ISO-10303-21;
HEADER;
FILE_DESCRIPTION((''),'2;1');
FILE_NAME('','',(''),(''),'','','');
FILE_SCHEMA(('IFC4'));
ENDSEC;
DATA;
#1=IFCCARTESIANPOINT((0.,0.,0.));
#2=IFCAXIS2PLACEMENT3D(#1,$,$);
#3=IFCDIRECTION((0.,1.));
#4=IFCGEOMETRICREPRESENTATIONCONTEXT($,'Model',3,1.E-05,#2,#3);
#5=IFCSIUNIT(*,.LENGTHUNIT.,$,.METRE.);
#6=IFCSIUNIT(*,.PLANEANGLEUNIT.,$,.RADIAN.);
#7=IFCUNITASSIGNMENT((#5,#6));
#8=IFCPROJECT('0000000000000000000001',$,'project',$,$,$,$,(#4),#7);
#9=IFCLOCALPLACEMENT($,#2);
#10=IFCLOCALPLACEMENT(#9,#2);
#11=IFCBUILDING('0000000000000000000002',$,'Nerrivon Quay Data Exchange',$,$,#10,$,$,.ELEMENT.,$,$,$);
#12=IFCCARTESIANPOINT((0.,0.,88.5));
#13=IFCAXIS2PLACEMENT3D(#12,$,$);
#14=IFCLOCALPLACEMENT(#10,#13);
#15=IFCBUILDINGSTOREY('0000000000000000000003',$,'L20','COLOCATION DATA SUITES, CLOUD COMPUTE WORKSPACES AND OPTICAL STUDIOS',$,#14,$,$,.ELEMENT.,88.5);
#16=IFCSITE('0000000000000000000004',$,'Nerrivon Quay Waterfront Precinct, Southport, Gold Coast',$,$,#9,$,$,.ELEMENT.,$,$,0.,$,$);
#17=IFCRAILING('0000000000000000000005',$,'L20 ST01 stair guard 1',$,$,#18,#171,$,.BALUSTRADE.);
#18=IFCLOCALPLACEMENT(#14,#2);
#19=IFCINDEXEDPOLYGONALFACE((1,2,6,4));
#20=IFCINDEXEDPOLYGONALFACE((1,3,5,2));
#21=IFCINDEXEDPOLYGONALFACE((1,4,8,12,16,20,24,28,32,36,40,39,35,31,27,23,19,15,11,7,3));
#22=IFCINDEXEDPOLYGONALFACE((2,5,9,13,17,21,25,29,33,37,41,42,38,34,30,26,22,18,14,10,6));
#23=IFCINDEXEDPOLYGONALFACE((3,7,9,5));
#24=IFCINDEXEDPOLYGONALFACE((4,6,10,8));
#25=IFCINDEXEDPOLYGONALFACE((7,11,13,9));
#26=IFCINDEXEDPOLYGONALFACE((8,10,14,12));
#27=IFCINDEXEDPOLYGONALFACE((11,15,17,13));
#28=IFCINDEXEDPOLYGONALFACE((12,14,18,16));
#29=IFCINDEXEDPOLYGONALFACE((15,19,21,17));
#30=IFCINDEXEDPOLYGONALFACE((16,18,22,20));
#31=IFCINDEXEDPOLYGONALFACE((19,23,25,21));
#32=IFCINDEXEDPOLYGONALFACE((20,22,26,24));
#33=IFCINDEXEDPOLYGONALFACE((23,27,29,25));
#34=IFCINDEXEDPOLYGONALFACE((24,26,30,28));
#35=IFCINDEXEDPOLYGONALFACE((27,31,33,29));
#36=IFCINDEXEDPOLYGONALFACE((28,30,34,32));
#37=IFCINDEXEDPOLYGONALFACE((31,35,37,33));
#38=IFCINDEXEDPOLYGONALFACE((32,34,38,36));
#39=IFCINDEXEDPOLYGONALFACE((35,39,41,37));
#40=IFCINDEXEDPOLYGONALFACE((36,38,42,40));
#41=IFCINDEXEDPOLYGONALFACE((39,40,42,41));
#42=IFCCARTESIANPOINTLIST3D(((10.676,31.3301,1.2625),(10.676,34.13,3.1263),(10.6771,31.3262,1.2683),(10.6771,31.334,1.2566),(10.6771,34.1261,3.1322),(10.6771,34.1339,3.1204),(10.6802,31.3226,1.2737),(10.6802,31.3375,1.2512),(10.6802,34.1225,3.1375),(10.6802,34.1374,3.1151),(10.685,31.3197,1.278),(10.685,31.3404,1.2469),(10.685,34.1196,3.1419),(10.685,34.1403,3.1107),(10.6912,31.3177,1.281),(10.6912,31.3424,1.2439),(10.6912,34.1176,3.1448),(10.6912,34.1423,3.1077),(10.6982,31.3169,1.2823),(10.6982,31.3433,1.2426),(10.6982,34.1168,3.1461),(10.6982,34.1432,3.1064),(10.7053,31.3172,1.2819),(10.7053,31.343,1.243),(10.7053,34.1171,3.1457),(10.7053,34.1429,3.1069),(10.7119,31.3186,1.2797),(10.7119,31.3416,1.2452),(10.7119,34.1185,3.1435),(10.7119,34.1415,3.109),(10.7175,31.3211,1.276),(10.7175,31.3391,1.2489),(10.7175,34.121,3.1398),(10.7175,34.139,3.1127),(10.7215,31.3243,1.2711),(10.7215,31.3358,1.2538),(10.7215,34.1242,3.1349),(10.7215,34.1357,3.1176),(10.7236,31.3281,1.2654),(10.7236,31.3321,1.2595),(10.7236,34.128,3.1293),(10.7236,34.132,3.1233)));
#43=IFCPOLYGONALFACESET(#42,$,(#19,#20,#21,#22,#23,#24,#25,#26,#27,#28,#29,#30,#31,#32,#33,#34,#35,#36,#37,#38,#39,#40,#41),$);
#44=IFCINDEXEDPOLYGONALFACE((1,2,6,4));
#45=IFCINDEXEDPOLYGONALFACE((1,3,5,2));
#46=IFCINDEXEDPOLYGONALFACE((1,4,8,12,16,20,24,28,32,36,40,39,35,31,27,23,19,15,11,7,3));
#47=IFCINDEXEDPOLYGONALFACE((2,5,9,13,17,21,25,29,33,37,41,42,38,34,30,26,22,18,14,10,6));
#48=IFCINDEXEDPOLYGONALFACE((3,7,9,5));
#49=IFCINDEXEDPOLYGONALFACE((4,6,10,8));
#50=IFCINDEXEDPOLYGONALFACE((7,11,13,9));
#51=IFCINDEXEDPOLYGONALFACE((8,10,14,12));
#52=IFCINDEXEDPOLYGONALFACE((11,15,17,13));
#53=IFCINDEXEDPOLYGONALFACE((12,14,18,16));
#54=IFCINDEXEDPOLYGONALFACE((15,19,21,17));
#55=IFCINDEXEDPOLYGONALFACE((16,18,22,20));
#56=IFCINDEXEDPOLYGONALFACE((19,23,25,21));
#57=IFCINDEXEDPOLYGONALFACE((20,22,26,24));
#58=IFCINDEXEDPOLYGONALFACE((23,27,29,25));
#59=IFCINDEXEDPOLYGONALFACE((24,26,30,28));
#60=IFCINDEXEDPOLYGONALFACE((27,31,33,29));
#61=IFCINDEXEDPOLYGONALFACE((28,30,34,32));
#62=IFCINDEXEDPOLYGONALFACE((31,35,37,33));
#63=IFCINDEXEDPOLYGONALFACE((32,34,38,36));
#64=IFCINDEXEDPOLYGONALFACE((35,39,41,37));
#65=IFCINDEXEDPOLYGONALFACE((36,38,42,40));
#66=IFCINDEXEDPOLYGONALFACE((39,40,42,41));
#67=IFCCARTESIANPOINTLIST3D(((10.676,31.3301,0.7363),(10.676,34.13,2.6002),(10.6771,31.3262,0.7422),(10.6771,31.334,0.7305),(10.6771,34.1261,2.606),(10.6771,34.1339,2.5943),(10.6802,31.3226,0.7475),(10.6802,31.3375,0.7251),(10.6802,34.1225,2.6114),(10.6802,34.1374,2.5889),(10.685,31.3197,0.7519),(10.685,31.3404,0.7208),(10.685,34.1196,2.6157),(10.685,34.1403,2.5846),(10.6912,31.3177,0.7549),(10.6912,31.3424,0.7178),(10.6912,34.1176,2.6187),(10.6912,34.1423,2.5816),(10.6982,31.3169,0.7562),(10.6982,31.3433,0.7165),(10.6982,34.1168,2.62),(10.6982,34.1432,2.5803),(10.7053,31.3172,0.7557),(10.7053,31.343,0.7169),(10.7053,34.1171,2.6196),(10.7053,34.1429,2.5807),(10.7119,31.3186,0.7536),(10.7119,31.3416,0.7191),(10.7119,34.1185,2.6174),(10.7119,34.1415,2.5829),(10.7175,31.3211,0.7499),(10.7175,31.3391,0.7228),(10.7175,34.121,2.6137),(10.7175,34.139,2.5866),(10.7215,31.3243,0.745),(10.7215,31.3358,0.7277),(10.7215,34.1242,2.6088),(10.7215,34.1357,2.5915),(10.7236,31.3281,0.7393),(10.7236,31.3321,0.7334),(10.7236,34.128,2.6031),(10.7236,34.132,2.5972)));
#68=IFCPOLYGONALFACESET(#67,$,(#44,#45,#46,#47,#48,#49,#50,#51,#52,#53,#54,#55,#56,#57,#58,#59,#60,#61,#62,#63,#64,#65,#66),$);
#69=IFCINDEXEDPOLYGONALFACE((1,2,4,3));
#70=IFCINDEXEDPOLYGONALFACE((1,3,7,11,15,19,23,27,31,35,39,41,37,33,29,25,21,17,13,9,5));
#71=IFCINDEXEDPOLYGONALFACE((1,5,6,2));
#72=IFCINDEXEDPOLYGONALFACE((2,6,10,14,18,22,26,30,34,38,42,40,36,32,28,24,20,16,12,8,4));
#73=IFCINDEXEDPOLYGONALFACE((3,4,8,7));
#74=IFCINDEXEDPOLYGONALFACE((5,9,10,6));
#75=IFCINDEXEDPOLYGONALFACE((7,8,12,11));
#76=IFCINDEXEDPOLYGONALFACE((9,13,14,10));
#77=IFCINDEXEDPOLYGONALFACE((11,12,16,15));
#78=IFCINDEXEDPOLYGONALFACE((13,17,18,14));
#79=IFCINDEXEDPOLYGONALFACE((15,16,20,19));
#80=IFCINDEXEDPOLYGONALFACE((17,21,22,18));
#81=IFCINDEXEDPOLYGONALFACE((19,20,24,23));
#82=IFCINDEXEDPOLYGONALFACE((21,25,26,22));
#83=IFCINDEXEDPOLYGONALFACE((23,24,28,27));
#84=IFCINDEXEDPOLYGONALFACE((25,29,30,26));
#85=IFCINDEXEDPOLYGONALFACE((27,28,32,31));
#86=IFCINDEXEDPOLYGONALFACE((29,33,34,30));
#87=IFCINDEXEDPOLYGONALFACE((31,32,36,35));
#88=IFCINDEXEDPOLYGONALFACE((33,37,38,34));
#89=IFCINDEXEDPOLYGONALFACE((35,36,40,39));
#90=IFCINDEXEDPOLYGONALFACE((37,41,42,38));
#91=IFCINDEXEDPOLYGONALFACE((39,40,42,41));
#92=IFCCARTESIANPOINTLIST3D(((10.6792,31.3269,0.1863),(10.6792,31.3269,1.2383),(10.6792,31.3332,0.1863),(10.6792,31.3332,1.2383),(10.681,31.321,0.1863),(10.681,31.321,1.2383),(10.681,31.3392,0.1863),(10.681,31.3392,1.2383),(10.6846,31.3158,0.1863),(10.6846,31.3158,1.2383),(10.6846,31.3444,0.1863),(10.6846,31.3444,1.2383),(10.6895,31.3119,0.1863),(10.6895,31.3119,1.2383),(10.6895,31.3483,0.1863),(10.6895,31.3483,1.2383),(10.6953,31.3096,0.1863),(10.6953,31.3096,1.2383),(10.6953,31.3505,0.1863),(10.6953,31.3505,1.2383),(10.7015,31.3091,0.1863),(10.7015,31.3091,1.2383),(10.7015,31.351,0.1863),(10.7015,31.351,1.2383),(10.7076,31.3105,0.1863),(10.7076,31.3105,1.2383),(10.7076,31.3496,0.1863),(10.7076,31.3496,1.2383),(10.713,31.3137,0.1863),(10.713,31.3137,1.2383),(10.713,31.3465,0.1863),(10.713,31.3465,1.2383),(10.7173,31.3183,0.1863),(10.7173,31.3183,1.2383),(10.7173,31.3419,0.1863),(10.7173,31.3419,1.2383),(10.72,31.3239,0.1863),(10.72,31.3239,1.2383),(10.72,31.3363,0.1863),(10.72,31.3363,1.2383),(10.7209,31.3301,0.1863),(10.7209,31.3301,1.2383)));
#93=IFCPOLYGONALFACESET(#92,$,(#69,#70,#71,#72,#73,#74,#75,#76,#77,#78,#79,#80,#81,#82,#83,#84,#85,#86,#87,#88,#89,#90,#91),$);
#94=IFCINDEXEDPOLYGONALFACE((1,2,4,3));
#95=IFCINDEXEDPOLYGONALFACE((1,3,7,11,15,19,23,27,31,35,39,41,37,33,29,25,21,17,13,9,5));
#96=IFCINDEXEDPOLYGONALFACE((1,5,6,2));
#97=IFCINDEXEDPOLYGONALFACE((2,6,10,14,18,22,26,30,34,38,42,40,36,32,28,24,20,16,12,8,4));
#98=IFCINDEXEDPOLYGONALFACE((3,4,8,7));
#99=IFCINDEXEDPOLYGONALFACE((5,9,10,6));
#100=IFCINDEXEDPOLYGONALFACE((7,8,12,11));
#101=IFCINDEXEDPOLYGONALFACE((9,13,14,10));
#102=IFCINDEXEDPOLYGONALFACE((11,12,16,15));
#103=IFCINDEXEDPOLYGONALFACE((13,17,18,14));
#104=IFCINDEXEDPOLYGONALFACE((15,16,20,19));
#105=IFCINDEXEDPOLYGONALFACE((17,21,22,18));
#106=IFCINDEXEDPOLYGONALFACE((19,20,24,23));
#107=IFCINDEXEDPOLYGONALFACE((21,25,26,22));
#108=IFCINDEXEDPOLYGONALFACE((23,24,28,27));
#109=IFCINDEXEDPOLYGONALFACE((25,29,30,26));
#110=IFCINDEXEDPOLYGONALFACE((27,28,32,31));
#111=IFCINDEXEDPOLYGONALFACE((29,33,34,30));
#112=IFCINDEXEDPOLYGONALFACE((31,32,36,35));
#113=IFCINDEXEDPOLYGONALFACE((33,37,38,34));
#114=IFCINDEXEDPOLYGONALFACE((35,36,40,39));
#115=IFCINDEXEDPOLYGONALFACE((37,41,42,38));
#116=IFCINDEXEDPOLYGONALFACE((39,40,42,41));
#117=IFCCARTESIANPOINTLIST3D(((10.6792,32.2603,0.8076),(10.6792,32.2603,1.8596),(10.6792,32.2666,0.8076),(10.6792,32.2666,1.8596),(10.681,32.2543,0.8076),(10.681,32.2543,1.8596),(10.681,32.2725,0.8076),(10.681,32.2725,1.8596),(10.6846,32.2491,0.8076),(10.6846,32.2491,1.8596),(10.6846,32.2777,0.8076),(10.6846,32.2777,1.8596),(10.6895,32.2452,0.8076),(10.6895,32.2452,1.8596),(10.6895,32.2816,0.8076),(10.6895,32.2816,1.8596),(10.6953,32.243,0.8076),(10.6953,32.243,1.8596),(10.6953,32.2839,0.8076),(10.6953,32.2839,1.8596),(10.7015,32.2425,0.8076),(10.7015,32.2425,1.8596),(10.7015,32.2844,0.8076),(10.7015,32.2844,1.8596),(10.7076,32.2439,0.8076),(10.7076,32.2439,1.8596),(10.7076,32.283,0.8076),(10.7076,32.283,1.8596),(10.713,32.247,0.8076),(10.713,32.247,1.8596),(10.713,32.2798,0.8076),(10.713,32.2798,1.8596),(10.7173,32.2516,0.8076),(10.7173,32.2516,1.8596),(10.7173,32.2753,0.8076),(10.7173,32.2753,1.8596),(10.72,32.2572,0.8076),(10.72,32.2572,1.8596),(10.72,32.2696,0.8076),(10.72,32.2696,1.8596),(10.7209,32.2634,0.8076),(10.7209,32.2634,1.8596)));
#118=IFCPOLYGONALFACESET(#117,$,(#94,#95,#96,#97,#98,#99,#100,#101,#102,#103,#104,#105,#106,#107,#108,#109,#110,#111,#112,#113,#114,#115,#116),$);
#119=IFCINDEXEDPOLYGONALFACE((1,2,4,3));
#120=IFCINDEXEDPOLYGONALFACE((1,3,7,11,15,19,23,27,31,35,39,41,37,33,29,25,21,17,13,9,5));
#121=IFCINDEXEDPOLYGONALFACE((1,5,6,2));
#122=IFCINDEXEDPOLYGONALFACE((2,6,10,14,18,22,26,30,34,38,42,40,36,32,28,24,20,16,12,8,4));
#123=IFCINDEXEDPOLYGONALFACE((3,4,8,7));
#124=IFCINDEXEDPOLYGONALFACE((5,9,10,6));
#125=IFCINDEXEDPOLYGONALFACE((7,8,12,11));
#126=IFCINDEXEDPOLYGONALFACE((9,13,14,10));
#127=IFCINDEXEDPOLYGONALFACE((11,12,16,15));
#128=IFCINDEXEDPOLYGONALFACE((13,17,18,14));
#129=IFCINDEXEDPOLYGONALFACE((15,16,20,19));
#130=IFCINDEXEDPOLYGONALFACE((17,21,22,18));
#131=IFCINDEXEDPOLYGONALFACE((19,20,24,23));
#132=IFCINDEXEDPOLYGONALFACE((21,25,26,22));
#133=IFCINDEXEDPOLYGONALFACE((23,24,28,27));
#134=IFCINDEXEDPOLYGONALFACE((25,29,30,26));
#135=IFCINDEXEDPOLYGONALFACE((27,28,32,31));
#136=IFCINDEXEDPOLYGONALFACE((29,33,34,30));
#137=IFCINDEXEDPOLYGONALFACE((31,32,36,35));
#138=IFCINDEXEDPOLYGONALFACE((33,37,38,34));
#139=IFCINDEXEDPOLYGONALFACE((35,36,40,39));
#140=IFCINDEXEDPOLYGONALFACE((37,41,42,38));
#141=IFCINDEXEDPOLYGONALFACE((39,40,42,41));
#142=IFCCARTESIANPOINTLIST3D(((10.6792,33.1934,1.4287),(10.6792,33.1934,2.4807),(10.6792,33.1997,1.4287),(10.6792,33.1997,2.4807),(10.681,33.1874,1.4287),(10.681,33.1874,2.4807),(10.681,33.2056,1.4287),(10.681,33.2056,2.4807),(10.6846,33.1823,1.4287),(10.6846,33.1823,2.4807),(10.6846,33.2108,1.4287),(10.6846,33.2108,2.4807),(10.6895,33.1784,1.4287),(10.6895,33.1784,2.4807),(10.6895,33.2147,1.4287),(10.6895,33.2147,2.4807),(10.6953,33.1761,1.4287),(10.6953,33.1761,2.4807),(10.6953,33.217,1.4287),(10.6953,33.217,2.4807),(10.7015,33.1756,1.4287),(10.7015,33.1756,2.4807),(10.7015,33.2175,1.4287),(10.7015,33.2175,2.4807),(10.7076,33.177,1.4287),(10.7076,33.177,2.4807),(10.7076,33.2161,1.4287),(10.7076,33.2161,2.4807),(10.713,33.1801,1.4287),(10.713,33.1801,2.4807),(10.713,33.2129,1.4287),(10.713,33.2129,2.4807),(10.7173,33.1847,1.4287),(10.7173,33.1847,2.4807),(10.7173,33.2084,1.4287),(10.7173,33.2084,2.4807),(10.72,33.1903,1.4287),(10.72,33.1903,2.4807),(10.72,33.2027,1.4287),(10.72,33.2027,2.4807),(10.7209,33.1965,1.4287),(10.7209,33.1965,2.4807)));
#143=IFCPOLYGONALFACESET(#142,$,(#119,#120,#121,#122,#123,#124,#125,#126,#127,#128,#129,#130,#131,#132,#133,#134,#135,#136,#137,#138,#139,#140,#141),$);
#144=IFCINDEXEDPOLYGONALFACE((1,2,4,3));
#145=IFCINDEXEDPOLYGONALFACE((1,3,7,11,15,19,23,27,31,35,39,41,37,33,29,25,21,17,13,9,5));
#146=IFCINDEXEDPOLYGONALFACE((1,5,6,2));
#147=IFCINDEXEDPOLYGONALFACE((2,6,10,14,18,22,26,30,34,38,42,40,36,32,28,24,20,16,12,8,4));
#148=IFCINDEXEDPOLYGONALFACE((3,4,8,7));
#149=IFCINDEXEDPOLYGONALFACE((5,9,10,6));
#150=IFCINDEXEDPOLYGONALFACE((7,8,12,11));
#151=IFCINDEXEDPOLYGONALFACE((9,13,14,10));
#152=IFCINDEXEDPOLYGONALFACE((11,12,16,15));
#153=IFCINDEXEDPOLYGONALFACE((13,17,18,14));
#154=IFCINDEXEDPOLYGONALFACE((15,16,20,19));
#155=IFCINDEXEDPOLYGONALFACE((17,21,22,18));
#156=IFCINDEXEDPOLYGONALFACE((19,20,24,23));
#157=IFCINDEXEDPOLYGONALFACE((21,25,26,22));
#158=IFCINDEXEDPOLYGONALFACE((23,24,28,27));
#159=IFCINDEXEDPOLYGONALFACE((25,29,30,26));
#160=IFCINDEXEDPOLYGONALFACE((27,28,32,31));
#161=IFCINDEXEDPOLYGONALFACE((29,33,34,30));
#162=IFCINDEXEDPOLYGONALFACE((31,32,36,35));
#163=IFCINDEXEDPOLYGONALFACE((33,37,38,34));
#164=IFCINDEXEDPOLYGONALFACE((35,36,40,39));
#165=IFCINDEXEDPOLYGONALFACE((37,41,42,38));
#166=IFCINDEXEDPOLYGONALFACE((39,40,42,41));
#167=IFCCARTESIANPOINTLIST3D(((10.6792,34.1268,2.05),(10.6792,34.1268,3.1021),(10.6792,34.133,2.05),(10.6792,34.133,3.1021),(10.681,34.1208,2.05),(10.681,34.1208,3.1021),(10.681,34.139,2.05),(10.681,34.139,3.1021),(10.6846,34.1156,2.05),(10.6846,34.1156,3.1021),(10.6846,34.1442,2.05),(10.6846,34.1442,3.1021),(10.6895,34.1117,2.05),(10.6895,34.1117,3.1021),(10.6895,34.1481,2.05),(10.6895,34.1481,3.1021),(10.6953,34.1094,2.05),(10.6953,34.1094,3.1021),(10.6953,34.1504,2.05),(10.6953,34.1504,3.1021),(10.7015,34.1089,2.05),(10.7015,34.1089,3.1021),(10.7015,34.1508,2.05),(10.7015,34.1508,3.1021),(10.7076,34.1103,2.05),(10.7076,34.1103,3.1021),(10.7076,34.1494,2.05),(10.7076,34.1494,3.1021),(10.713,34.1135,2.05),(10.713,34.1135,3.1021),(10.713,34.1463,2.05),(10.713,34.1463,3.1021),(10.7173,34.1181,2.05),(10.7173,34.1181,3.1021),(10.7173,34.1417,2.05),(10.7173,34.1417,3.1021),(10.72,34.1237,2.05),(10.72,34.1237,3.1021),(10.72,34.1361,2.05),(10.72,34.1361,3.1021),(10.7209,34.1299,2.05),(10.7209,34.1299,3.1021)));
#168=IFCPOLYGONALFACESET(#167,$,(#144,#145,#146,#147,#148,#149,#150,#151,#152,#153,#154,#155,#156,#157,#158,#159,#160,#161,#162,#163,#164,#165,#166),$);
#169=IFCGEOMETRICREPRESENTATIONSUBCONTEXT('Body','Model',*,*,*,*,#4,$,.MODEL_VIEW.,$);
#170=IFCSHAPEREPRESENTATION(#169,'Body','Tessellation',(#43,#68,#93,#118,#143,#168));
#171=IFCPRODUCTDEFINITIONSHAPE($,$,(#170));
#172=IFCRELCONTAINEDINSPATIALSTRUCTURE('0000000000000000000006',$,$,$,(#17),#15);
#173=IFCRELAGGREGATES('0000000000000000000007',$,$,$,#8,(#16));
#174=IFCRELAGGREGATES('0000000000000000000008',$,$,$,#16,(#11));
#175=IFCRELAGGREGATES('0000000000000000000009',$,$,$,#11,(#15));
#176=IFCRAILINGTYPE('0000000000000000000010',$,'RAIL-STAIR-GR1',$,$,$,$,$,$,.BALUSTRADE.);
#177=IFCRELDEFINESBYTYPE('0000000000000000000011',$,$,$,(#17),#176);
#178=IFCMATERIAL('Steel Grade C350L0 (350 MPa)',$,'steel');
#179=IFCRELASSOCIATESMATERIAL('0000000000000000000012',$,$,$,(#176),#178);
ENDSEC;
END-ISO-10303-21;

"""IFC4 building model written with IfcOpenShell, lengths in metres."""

from ifc_helpers import new_model, si_unit, direction, frame, origin, origin_2d, place, context, subcontext, project, spatial, circle, extrude, material, type_object, element, save


model = new_model("IFC4")

# Units and contexts
model_context = context("Model", 3, precision=1e-05, world=origin(), true_north=direction((0.0, 1.0)))
body_context = subcontext(model_context, "Body", "Model", "MODEL_VIEW")
ifc_project = project(units=[si_unit("LENGTHUNIT", "METRE"), si_unit("PLANEANGLEUNIT", "RADIAN")], contexts=[model_context])

# Site, building, storey
site_placement = place(None, origin())
site = spatial("IfcSite", under=ifc_project, at=site_placement, Name="Nerrivon Quay Waterfront Precinct, Southport, Gold Coast", CompositionType="ELEMENT", RefElevation=0.0)
building_placement = place(site_placement, origin())
building = spatial("IfcBuilding", under=site, at=building_placement, Name="Nerrivon Quay Data Exchange", CompositionType="ELEMENT")
storey_placement = place(building_placement, frame((0.0, 0.0, 88.5)))
storey = spatial("IfcBuildingStorey", under=building, at=storey_placement, Name="L20", Description="COLOCATION DATA SUITES, CLOUD COMPUTE WORKSPACES AND OPTICAL STUDIOS", CompositionType="ELEMENT", Elevation=88.5)

# Railing
ifc_material_1 = material(Name="Steel Grade C350L0 (350 MPa)", Category="steel")
railing_type_1 = type_object("IfcRailingType", Name="RAIL-STAIR-GR1", PredefinedType="BALUSTRADE", material=ifc_material_1)
railing_1_placement = place(storey_placement, frame((10.7, 31.3301, 0.1863)))
element("IfcRailing", 1, at=railing_1_placement, inside=storey, type_object=railing_type_1, Name="L20 ST01 stair guard 1", PredefinedType="BALUSTRADE", context=body_context, shape_type="SweptSolid", body=[
    extrude(circle(Radius=0.0239, at=origin_2d()), frame((0.0, 0.0, 1.0762), z_axis=(0.0, 0.83243, 0.554131), x_axis=(-1.0, 0.0, 0.0)), (0.0, 0.0, 1.0), 3.3635),
    extrude(circle(Radius=0.0239, at=origin_2d()), frame((0.0, 0.0, 0.55), z_axis=(0.0, 0.83243, 0.554131), x_axis=(-1.0, 0.0, 0.0)), (0.0, 0.0, 1.0), 3.3635),
    extrude(circle(Radius=0.021, at=origin_2d()), origin(), (0.0, 0.0, 1.0), 1.052),
    extrude(circle(Radius=0.021, at=origin_2d()), frame((0.0, 0.9333, 0.6213)), (0.0, 0.0, 1.0), 1.052),
    extrude(circle(Radius=0.021, at=origin_2d()), frame((0.0, 1.8665, 1.2424)), (0.0, 0.0, 1.0), 1.052),
    extrude(circle(Radius=0.021, at=origin_2d()), frame((0.0, 2.7998, 1.8638)), (0.0, 0.0, 1.0), 1.052),
])

save(model, "model.ifc")
